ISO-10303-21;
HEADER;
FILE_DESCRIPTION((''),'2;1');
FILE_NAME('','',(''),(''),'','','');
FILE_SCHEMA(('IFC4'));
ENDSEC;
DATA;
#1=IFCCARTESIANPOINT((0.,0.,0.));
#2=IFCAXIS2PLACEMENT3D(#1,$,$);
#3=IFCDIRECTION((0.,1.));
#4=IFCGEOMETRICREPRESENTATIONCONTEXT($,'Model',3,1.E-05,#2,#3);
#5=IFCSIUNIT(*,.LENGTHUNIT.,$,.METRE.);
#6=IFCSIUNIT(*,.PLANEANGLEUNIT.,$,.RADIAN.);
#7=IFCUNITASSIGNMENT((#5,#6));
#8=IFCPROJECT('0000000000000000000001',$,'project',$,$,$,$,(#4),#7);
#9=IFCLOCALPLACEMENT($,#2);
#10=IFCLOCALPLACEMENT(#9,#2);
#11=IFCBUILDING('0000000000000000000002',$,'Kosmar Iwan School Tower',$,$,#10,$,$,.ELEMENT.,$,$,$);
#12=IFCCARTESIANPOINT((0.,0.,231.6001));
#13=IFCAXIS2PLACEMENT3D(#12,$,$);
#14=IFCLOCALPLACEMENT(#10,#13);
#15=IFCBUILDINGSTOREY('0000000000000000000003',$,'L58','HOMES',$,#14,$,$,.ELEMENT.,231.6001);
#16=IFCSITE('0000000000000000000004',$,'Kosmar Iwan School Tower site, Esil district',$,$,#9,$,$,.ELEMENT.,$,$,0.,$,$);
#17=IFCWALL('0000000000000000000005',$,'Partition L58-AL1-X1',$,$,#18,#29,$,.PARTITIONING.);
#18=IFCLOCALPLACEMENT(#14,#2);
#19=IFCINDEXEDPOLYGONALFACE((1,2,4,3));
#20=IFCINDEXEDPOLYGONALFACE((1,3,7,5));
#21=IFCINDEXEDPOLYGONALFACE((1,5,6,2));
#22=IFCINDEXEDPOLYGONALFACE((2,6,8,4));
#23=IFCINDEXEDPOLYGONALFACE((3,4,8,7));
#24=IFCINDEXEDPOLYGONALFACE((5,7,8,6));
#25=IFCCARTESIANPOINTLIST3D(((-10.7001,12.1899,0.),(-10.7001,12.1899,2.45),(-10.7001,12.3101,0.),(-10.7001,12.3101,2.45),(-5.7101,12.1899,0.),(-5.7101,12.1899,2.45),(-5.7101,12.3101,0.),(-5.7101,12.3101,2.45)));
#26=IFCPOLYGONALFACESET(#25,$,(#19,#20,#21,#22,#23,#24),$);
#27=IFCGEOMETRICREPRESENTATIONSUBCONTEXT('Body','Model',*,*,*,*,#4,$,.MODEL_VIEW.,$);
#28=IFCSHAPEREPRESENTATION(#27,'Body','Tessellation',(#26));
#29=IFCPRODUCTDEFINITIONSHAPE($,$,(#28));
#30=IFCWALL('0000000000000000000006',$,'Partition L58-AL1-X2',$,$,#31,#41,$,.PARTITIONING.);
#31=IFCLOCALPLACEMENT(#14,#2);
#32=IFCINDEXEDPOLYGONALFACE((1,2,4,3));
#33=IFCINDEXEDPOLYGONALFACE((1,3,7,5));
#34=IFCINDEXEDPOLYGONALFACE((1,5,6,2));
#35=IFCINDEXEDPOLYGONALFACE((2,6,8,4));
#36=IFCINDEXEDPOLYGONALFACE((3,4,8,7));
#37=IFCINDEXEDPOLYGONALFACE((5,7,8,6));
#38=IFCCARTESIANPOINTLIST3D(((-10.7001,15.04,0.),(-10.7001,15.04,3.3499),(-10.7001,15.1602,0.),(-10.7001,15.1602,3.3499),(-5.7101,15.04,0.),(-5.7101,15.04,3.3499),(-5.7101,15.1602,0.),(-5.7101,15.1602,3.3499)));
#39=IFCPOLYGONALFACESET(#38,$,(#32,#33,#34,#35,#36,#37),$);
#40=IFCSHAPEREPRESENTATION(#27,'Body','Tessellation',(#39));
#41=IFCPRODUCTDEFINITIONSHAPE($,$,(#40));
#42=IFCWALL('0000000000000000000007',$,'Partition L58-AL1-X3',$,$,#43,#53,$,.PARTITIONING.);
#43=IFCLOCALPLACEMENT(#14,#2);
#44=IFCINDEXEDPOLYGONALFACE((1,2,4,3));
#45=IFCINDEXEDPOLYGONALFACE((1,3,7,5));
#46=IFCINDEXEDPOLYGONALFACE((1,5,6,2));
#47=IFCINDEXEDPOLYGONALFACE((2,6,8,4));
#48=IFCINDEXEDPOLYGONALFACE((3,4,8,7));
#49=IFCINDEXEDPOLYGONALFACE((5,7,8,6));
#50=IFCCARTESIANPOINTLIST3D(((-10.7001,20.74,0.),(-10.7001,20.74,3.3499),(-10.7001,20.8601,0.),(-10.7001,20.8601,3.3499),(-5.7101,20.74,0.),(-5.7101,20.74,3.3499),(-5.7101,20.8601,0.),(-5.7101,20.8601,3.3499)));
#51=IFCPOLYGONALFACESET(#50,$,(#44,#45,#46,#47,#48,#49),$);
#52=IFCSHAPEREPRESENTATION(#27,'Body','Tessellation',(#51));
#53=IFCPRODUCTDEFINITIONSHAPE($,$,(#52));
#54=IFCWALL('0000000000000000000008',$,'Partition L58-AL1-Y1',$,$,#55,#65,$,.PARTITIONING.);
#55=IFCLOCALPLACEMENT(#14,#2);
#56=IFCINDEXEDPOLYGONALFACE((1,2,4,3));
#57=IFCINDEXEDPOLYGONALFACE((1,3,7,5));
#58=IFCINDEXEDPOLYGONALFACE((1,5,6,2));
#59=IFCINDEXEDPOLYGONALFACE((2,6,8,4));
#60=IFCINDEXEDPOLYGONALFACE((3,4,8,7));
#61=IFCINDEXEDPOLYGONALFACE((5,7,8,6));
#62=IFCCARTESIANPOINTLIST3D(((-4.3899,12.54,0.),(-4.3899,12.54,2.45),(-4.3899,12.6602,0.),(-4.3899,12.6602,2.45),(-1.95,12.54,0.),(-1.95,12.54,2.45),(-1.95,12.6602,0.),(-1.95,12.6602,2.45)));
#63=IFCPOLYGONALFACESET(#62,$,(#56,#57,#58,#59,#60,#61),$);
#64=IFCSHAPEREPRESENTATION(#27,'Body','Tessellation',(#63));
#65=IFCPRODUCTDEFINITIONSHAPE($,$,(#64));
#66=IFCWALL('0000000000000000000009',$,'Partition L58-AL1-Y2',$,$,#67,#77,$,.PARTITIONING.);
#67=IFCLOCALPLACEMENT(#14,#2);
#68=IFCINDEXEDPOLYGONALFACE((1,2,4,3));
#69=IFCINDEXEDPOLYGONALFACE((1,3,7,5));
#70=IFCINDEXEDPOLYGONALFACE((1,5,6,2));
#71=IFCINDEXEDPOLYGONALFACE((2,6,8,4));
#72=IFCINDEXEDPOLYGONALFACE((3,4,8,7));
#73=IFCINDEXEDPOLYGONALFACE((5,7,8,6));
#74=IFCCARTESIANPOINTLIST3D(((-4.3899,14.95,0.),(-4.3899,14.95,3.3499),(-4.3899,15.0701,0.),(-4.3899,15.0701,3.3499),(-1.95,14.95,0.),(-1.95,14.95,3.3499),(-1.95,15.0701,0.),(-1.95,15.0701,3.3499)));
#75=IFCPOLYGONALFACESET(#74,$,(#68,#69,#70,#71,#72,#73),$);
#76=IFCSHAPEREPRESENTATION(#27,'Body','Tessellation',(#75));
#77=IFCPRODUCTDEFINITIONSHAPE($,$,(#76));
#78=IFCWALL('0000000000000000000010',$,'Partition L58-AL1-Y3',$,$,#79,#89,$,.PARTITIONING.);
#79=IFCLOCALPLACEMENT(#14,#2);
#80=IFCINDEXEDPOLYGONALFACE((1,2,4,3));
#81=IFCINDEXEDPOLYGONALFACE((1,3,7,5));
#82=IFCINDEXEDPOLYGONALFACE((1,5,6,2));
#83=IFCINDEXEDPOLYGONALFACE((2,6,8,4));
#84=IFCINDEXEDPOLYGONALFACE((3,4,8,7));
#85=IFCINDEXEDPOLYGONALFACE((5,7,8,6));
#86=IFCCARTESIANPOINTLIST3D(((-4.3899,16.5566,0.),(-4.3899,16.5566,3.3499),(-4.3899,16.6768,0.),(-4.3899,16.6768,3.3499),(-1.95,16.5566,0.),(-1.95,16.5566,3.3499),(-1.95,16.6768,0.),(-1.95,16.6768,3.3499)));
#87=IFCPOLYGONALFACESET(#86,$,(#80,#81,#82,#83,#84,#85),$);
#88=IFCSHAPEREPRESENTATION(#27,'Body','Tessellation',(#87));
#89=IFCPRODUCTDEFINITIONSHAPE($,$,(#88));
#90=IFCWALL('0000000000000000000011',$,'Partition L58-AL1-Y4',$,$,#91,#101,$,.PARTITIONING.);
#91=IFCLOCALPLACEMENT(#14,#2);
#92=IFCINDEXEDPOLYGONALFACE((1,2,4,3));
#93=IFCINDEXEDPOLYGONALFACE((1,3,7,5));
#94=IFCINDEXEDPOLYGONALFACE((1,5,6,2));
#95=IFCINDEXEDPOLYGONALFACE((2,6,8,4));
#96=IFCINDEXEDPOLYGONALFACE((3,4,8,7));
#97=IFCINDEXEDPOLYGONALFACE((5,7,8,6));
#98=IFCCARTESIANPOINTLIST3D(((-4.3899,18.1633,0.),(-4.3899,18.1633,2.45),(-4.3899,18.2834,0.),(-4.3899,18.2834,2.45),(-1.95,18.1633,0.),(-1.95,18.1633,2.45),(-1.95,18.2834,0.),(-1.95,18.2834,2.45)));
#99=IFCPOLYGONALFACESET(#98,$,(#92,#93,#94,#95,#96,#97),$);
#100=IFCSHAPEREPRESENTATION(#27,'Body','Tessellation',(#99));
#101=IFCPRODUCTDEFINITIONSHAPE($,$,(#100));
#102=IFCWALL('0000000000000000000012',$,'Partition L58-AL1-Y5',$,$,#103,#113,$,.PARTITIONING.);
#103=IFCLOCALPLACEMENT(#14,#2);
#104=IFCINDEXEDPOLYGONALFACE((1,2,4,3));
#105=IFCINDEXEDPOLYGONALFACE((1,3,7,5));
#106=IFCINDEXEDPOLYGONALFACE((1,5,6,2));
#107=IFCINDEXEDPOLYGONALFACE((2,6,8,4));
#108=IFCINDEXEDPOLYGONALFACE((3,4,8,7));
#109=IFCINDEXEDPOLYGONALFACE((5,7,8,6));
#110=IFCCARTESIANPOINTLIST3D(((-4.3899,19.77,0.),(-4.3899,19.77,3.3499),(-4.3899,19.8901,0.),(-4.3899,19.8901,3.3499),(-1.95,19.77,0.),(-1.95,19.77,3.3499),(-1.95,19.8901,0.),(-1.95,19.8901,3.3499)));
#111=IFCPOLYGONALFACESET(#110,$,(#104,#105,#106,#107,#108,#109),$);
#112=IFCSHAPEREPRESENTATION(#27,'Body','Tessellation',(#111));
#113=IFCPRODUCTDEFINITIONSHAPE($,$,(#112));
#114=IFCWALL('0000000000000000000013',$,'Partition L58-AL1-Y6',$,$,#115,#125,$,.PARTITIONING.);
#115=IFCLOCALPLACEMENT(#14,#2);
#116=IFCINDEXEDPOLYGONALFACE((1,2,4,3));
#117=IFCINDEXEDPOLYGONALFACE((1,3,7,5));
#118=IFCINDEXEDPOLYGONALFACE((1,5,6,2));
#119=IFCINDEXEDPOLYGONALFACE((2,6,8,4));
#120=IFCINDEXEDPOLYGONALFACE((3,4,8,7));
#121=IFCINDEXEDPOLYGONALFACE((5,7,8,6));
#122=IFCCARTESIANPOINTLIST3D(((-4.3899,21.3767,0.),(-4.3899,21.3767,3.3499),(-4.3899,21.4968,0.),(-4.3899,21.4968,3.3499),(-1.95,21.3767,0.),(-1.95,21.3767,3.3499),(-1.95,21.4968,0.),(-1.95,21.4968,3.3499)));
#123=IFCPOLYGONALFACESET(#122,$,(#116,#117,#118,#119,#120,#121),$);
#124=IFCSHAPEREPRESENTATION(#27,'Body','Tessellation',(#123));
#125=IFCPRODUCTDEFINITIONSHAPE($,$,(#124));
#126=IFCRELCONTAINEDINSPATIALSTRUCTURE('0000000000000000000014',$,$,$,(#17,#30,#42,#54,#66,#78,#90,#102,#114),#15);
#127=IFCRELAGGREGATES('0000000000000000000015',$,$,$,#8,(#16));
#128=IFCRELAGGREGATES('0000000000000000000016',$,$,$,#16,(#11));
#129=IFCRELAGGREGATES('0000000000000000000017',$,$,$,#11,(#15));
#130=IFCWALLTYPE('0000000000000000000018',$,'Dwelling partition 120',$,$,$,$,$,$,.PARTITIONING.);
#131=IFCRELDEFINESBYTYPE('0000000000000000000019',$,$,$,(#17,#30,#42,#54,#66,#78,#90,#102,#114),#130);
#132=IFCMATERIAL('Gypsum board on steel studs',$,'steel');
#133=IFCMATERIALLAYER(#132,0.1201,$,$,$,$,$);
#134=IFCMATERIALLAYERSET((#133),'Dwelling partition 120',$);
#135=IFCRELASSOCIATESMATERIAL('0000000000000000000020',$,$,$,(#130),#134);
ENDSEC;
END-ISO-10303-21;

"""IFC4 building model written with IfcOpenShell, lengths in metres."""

from ifc_helpers import new_model, si_unit, direction, frame, frame_2d, origin, place, context, subcontext, project, spatial, rectangle, extrude, material, layer, layer_set, type_object, element, save


model = new_model("IFC4")

# Units and contexts
model_context = context("Model", 3, precision=1e-05, world=origin(), true_north=direction((0.0, 1.0)))
body_context = subcontext(model_context, "Body", "Model", "MODEL_VIEW")
ifc_project = project(units=[si_unit("LENGTHUNIT", "METRE"), si_unit("PLANEANGLEUNIT", "RADIAN")], contexts=[model_context])

# Site, building, storey
site_placement = place(None, origin())
site = spatial("IfcSite", under=ifc_project, at=site_placement, Name="Kosmar Iwan School Tower site, Esil district", CompositionType="ELEMENT", RefElevation=0.0)
building_placement = place(site_placement, origin())
building = spatial("IfcBuilding", under=site, at=building_placement, Name="Kosmar Iwan School Tower", CompositionType="ELEMENT")
storey_placement = place(building_placement, frame((0.0, 0.0, 231.6001)))
storey = spatial("IfcBuildingStorey", under=building, at=storey_placement, Name="L58", Description="HOMES", CompositionType="ELEMENT", Elevation=231.6001)

# Shared definitions
ifc_material_1 = material(Name="Gypsum board on steel studs", Category="steel")
ifc_layer_1 = layer(ifc_material_1, 0.1201)
ifc_layer_set_1 = layer_set([ifc_layer_1], Name="Dwelling partition 120")
wall_type_1 = type_object("IfcWallType", Name="Dwelling partition 120", PredefinedType="PARTITIONING", material=ifc_layer_set_1)

# Walls
wall_1_placement = place(storey_placement, frame((-5.71, 12.25, 0.0), z_axis=(0.0, 0.0, 1.0), x_axis=(-1.0, 0.0, 0.0)))
element("IfcWall", 1, at=wall_1_placement, inside=storey, type_object=wall_type_1, Name="Partition L58-AL1-X1", PredefinedType="PARTITIONING", context=body_context, shape_type="SweptSolid", body=[
    extrude(rectangle(XDim=4.99, YDim=0.1201, at=frame_2d((2.4951, 0.0))), origin(), (0.0, 0.0, 1.0), 2.45),
])
for number, where, z_axis, x_axis, name in (
    (2, (-5.71, 15.1001, 0.0), (0.0, 0.0, 1.0), (-1.0, 0.0, 0.0), "Partition L58-AL1-X2"),
    (3, (-5.71, 20.8, 0.0), (0.0, 0.0, 1.0), (-1.0, 0.0, 0.0), "Partition L58-AL1-X3"),
):
    element("IfcWall", number, at=place(storey_placement, frame(where, z_axis=z_axis, x_axis=x_axis)), inside=storey, type_object=wall_type_1, Name=name, PredefinedType="PARTITIONING", context=body_context, shape_type="SweptSolid", body=[
        extrude(rectangle(XDim=4.99, YDim=0.1201, at=frame_2d((2.4951, 0.0))), origin(), (0.0, 0.0, 1.0), 3.3499),
    ])
wall_2_placement = place(storey_placement, frame((-1.95, 12.6001, 0.0), z_axis=(0.0, 0.0, 1.0), x_axis=(-1.0, 0.0, 0.0)))
element("IfcWall", 4, at=wall_2_placement, inside=storey, type_object=wall_type_1, Name="Partition L58-AL1-Y1", PredefinedType="PARTITIONING", context=body_context, shape_type="SweptSolid", body=[
    extrude(rectangle(XDim=2.4399, YDim=0.1201, at=frame_2d((1.22, 0.0))), origin(), (0.0, 0.0, 1.0), 2.45),
])
for number, where, z_axis, x_axis, name in (
    (5, (-1.95, 15.01, 0.0), (0.0, 0.0, 1.0), (-1.0, 0.0, 0.0), "Partition L58-AL1-Y2"),
    (6, (-1.95, 16.6167, 0.0), (0.0, 0.0, 1.0), (-1.0, 0.0, 0.0), "Partition L58-AL1-Y3"),
):
    element("IfcWall", number, at=place(storey_placement, frame(where, z_axis=z_axis, x_axis=x_axis)), inside=storey, type_object=wall_type_1, Name=name, PredefinedType="PARTITIONING", context=body_context, shape_type="SweptSolid", body=[
        extrude(rectangle(XDim=2.4399, YDim=0.1201, at=frame_2d((1.22, 0.0))), origin(), (0.0, 0.0, 1.0), 3.3499),
    ])
wall_3_placement = place(storey_placement, frame((-1.95, 18.2234, 0.0), z_axis=(0.0, 0.0, 1.0), x_axis=(-1.0, 0.0, 0.0)))
element("IfcWall", 7, at=wall_3_placement, inside=storey, type_object=wall_type_1, Name="Partition L58-AL1-Y4", PredefinedType="PARTITIONING", context=body_context, shape_type="SweptSolid", body=[
    extrude(rectangle(XDim=2.4399, YDim=0.1201, at=frame_2d((1.22, 0.0))), origin(), (0.0, 0.0, 1.0), 2.45),
])
for number, where, z_axis, x_axis, name in (
    (8, (-1.95, 19.8301, 0.0), (0.0, 0.0, 1.0), (-1.0, 0.0, 0.0), "Partition L58-AL1-Y5"),
    (9, (-1.95, 21.4368, 0.0), (0.0, 0.0, 1.0), (-1.0, 0.0, 0.0), "Partition L58-AL1-Y6"),
):
    element("IfcWall", number, at=place(storey_placement, frame(where, z_axis=z_axis, x_axis=x_axis)), inside=storey, type_object=wall_type_1, Name=name, PredefinedType="PARTITIONING", context=body_context, shape_type="SweptSolid", body=[
        extrude(rectangle(XDim=2.4399, YDim=0.1201, at=frame_2d((1.22, 0.0))), origin(), (0.0, 0.0, 1.0), 3.3499),
    ])

save(model, "model.ifc")
